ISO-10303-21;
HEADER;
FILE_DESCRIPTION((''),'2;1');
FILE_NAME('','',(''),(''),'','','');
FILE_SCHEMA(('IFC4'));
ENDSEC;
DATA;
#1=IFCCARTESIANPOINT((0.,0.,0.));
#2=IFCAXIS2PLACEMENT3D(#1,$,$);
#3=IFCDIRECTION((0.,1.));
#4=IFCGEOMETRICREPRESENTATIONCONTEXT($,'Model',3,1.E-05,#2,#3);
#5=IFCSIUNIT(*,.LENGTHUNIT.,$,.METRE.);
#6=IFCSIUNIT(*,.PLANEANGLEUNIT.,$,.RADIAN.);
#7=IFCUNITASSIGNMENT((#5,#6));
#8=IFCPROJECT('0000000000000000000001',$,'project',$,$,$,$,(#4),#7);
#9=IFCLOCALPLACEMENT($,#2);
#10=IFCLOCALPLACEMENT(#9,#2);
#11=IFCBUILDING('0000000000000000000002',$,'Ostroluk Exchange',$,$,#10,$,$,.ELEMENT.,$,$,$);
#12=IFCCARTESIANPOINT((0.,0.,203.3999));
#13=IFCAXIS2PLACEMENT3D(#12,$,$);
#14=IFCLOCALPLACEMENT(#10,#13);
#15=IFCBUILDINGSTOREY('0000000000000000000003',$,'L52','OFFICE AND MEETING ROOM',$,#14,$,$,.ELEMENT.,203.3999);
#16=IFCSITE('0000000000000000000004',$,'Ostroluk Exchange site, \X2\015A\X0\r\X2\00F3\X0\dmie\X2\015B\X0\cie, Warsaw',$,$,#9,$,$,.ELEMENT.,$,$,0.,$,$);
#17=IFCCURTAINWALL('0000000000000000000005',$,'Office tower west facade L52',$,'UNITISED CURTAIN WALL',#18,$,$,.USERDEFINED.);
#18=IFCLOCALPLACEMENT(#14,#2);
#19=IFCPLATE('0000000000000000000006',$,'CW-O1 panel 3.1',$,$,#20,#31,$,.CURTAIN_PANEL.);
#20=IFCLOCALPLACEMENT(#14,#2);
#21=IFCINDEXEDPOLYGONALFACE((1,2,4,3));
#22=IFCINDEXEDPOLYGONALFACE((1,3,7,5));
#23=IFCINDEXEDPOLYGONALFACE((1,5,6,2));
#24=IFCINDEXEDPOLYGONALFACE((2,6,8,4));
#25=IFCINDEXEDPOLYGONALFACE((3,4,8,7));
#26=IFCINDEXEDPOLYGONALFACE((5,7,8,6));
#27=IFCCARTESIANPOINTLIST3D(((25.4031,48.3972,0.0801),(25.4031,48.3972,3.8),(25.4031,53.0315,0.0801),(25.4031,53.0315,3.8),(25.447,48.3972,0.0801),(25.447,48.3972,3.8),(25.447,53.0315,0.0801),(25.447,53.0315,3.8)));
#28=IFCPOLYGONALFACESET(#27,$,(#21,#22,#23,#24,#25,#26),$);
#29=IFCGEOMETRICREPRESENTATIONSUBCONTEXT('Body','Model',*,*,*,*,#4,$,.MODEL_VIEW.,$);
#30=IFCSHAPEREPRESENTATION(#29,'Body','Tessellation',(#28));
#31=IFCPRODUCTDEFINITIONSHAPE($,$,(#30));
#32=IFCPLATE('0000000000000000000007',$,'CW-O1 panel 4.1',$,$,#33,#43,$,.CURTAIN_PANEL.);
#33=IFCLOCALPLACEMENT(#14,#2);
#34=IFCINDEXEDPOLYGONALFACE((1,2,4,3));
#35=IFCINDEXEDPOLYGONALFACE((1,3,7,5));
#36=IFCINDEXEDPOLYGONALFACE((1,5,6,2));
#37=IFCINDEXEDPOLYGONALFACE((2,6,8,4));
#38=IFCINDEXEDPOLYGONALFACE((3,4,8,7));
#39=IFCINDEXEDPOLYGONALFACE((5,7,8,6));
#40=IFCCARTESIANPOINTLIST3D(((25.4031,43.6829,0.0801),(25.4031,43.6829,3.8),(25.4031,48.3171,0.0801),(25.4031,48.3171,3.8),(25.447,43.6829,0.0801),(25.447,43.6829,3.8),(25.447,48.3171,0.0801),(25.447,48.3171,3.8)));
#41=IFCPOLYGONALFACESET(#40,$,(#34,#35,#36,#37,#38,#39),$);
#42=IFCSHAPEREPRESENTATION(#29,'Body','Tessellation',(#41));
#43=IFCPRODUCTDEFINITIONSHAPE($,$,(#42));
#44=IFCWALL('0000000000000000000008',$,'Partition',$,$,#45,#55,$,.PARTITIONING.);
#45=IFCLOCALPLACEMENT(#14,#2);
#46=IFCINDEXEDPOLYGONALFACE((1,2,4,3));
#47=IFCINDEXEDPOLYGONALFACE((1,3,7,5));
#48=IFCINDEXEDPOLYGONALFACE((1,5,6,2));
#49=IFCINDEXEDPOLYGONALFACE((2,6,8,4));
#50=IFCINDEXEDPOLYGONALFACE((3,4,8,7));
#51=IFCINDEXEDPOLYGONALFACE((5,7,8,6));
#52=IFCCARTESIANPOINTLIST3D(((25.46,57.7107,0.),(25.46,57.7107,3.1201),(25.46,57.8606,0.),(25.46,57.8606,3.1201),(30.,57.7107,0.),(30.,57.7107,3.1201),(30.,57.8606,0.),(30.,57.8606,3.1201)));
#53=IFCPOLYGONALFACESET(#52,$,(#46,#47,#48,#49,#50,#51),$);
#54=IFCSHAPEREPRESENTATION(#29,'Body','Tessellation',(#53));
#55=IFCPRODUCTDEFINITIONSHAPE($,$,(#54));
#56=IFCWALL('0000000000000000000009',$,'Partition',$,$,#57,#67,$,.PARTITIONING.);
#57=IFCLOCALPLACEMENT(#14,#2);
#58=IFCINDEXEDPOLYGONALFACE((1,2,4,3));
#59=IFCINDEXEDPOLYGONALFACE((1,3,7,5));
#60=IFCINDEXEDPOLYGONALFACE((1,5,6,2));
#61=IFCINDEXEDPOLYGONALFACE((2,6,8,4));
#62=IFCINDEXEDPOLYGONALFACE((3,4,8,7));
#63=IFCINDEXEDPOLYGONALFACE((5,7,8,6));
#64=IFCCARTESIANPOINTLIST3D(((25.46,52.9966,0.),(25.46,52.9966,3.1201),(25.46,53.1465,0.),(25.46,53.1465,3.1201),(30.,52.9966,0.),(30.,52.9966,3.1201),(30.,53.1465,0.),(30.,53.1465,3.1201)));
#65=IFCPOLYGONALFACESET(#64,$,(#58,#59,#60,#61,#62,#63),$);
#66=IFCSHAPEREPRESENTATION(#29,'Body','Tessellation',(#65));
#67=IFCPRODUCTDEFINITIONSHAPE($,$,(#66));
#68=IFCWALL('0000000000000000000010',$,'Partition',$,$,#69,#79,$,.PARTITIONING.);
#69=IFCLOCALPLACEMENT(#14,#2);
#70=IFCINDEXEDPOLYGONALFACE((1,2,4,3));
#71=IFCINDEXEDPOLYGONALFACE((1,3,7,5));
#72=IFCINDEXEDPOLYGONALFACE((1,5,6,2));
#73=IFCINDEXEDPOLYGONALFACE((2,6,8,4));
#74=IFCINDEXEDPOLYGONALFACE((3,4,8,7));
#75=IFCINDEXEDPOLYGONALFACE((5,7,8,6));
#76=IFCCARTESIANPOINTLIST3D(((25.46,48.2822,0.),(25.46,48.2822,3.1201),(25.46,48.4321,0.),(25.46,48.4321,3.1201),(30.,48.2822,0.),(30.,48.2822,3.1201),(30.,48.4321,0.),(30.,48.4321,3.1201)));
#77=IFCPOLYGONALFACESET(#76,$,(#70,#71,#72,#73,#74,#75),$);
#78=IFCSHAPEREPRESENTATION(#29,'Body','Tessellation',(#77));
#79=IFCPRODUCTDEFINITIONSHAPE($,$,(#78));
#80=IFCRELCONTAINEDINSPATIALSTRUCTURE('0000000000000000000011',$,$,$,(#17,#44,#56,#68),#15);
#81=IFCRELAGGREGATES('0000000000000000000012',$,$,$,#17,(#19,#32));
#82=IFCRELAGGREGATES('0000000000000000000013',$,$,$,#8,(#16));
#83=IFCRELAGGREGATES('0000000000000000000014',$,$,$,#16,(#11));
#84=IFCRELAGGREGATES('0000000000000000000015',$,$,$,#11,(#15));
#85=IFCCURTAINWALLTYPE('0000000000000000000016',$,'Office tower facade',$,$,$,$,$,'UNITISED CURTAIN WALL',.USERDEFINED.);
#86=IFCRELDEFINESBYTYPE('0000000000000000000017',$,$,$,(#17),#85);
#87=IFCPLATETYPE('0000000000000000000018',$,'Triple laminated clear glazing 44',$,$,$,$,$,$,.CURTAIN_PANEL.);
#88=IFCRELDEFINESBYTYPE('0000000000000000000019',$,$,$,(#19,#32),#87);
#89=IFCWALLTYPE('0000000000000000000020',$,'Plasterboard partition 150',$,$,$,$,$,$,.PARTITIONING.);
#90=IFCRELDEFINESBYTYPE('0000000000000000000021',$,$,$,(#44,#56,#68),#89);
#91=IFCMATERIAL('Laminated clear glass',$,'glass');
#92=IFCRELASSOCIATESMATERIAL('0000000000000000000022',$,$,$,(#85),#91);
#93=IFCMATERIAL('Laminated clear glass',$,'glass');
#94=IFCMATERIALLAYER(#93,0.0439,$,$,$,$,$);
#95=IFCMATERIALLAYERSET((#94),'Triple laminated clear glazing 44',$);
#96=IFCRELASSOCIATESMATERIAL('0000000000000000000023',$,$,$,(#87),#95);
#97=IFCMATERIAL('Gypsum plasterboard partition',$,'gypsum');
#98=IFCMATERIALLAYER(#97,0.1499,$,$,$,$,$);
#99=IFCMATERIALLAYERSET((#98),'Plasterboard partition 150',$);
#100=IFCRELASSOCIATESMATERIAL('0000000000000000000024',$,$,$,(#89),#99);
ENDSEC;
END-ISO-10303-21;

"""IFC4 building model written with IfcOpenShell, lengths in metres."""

from ifc_helpers import new_model, si_unit, direction, frame, frame_2d, origin, origin_2d, place, context, subcontext, project, spatial, rectangle, extrude, material, layer, layer_set, type_object, element, aggregate, save


model = new_model("IFC4")

# Units and contexts
model_context = context("Model", 3, precision=1e-05, world=origin(), true_north=direction((0.0, 1.0)))
body_context = subcontext(model_context, "Body", "Model", "MODEL_VIEW")
ifc_project = project(units=[si_unit("LENGTHUNIT", "METRE"), si_unit("PLANEANGLEUNIT", "RADIAN")], contexts=[model_context])

# Site, building, storey
site_placement = place(None, origin())
site = spatial("IfcSite", under=ifc_project, at=site_placement, Name="Ostroluk Exchange site, Śródmieście, Warsaw", CompositionType="ELEMENT", RefElevation=0.0)
building_placement = place(site_placement, origin())
building = spatial("IfcBuilding", under=site, at=building_placement, Name="Ostroluk Exchange", CompositionType="ELEMENT")
storey_placement = place(building_placement, frame((0.0, 0.0, 203.3999)))
storey = spatial("IfcBuildingStorey", under=building, at=storey_placement, Name="L52", Description="OFFICE AND MEETING ROOM", CompositionType="ELEMENT", Elevation=203.3999)

# Curtain wall, plates
ifc_material_1 = material(Name="Laminated clear glass", Category="glass")
curtain_wall_type = type_object("IfcCurtainWallType", Name="Office tower facade", ElementType="UNITISED CURTAIN WALL", PredefinedType="USERDEFINED", material=ifc_material_1)
curtain_wall_placement = place(storey_placement, origin())
curtain_wall = element("IfcCurtainWall", 1, at=curtain_wall_placement, inside=storey, type_object=curtain_wall_type, Name="Office tower west facade L52", ObjectType="UNITISED CURTAIN WALL", PredefinedType="USERDEFINED")
ifc_material_2 = material(Name="Laminated clear glass", Category="glass")
ifc_layer_1 = layer(ifc_material_2, 0.0439)
ifc_layer_set_1 = layer_set([ifc_layer_1], Name="Triple laminated clear glazing 44")
plate_type = type_object("IfcPlateType", Name="Triple laminated clear glazing 44", PredefinedType="CURTAIN_PANEL", material=ifc_layer_set_1)
plate_1_placement = place(storey_placement, frame((25.425, 50.7144, 0.0801), z_axis=(0.0, 0.0, 1.0), x_axis=(0.0, -1.0, 0.0)))
plate_1 = element("IfcPlate", 2, at=plate_1_placement, type_object=plate_type, Name="CW-O1 panel 3.1", PredefinedType="CURTAIN_PANEL", context=body_context, shape_type="SweptSolid", body=[
    extrude(rectangle(XDim=4.6343, YDim=0.0439, at=origin_2d()), origin(), (0.0, 0.0, 1.0), 3.72),
])
plate_2_placement = place(storey_placement, frame((25.425, 46.0, 0.0801), z_axis=(0.0, 0.0, 1.0), x_axis=(0.0, -1.0, 0.0)))
plate_2 = element("IfcPlate", 3, at=plate_2_placement, type_object=plate_type, Name="CW-O1 panel 4.1", PredefinedType="CURTAIN_PANEL", context=body_context, shape_type="SweptSolid", body=[
    extrude(rectangle(XDim=4.6343, YDim=0.0439, at=origin_2d()), origin(), (0.0, 0.0, 1.0), 3.72),
])
aggregate(curtain_wall, [plate_1, plate_2])

# Walls
ifc_material_3 = material(Name="Gypsum plasterboard partition", Category="gypsum")
ifc_layer_2 = layer(ifc_material_3, 0.1499)
ifc_layer_set_2 = layer_set([ifc_layer_2], Name="Plasterboard partition 150")
wall_type = type_object("IfcWallType", Name="Plasterboard partition 150", PredefinedType="PARTITIONING", material=ifc_layer_set_2)
for number, where, z_axis, x_axis, name in (
    (4, (30.0, 57.7856, 0.0), (0.0, 0.0, 1.0), (-1.0, 0.0, 0.0), "Partition"),
    (5, (30.0, 53.0715, 0.0), (0.0, 0.0, 1.0), (-1.0, 0.0, 0.0), "Partition"),
    (6, (30.0, 48.3572, 0.0), (0.0, 0.0, 1.0), (-1.0, 0.0, 0.0), "Partition"),
):
    element("IfcWall", number, at=place(storey_placement, frame(where, z_axis=z_axis, x_axis=x_axis)), inside=storey, type_object=wall_type, Name=name, PredefinedType="PARTITIONING", context=body_context, shape_type="SweptSolid", body=[
        extrude(rectangle(XDim=4.54, YDim=0.1499, at=frame_2d((2.27, 0.0))), origin(), (0.0, 0.0, 1.0), 3.1201),
    ])

save(model, "model.ifc")
